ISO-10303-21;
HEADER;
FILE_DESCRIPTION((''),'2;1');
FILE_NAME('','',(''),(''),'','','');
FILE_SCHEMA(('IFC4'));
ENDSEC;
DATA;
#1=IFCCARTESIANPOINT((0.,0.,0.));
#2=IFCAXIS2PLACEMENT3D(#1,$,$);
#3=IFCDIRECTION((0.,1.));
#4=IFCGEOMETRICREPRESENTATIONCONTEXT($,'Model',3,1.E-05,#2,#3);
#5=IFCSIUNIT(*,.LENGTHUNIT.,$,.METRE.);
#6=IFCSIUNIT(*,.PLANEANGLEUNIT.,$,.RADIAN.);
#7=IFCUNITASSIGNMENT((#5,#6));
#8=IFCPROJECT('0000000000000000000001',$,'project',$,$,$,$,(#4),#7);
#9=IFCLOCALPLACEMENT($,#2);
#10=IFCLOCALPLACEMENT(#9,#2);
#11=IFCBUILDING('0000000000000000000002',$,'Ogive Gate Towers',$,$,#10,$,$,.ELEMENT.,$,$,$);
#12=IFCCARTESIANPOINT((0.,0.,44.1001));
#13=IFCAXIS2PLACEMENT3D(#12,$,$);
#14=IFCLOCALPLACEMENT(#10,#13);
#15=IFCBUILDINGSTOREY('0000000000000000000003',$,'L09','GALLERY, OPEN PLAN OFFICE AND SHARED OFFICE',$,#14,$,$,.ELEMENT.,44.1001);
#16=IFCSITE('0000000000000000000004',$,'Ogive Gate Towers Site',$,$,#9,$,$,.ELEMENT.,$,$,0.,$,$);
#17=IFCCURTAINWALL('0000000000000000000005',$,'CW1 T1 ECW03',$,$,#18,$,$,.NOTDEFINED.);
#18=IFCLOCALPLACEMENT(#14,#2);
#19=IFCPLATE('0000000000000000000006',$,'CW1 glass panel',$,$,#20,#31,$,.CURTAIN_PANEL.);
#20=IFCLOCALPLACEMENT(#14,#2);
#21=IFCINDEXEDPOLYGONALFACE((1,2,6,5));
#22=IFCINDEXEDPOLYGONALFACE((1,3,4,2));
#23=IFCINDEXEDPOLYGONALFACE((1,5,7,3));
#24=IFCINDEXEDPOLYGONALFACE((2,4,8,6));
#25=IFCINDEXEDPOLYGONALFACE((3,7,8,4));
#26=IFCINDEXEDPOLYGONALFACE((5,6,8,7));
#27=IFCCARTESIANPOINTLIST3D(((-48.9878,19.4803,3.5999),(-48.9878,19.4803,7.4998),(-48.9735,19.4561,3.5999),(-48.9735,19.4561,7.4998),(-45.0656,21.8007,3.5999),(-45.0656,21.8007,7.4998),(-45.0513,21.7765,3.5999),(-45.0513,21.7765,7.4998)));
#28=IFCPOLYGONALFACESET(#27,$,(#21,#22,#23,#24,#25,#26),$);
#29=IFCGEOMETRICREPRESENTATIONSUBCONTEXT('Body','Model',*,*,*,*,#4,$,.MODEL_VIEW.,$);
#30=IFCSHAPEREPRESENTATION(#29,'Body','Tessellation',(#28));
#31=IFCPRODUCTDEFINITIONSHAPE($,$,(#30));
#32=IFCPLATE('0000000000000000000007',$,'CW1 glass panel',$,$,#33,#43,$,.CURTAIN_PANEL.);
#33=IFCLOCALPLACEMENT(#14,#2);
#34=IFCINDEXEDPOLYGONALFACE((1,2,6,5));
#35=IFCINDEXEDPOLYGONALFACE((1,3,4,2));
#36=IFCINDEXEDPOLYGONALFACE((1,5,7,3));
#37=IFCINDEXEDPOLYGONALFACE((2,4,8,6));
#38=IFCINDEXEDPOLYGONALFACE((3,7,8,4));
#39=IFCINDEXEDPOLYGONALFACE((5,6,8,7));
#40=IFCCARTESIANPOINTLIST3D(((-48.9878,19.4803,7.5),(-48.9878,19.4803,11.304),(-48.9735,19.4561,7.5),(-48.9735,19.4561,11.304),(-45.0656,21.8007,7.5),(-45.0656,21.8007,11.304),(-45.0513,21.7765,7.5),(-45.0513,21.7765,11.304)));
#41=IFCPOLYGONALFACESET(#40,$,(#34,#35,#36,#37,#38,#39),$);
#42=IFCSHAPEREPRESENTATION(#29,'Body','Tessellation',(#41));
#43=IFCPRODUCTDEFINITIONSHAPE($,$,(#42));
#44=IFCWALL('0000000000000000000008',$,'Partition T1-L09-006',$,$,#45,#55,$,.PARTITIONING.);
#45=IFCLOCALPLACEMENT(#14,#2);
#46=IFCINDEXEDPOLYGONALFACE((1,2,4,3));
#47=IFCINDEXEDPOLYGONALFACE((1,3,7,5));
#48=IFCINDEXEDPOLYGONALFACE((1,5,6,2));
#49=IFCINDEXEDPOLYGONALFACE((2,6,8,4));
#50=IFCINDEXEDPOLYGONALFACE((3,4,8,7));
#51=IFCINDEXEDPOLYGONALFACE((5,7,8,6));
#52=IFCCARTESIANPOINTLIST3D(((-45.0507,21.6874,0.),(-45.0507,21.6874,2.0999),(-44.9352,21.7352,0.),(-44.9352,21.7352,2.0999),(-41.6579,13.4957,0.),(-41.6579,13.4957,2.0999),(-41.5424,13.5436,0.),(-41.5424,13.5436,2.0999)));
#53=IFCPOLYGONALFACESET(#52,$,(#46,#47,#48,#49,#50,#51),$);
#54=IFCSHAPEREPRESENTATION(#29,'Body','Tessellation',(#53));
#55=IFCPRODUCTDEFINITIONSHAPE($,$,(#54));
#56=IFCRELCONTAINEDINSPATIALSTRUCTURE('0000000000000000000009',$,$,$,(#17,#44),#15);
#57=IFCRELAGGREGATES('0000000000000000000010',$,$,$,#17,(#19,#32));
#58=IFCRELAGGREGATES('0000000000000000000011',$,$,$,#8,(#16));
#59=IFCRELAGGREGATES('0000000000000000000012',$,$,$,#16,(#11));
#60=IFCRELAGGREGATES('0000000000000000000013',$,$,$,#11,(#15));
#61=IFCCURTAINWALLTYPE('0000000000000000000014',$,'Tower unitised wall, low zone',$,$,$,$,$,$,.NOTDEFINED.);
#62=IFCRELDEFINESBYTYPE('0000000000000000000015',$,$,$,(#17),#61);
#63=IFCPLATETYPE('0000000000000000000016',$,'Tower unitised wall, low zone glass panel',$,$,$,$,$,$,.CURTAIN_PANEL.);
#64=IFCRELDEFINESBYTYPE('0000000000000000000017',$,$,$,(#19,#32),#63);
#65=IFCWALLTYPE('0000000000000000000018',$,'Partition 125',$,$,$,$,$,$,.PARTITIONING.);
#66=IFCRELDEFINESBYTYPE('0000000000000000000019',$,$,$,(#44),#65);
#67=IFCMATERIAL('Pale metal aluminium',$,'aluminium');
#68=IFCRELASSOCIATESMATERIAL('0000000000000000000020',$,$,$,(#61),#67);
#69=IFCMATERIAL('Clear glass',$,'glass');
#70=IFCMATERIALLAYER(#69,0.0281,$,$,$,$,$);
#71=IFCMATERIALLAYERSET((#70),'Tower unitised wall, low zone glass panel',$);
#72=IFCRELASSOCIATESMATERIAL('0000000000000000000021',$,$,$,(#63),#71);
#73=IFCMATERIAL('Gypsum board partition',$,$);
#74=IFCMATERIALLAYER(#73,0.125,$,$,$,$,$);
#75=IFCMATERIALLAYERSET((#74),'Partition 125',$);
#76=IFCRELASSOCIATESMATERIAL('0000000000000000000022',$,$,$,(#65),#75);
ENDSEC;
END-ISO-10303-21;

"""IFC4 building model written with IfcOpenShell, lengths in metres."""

from ifc_helpers import new_model, si_unit, direction, frame, frame_2d, origin, origin_2d, place, context, subcontext, project, spatial, rectangle, extrude, material, layer, layer_set, type_object, element, aggregate, save


model = new_model("IFC4")

# Units and contexts
model_context = context("Model", 3, precision=1e-05, world=origin(), true_north=direction((0.0, 1.0)))
body_context = subcontext(model_context, "Body", "Model", "MODEL_VIEW")
ifc_project = project(units=[si_unit("LENGTHUNIT", "METRE"), si_unit("PLANEANGLEUNIT", "RADIAN")], contexts=[model_context])

# Site, building, storey
site_placement = place(None, origin())
site = spatial("IfcSite", under=ifc_project, at=site_placement, Name="Ogive Gate Towers Site", CompositionType="ELEMENT", RefElevation=0.0)
building_placement = place(site_placement, origin())
building = spatial("IfcBuilding", under=site, at=building_placement, Name="Ogive Gate Towers", CompositionType="ELEMENT")
storey_placement = place(building_placement, frame((0.0, 0.0, 44.1001)))
storey = spatial("IfcBuildingStorey", under=building, at=storey_placement, Name="L09", Description="GALLERY, OPEN PLAN OFFICE AND SHARED OFFICE", CompositionType="ELEMENT", Elevation=44.1001)

# Curtain wall, plates
ifc_material_1 = material(Name="Pale metal aluminium", Category="aluminium")
curtain_wall_type = type_object("IfcCurtainWallType", Name="Tower unitised wall, low zone", PredefinedType="NOTDEFINED", material=ifc_material_1)
curtain_wall_placement = place(storey_placement, origin())
curtain_wall = element("IfcCurtainWall", 1, at=curtain_wall_placement, inside=storey, type_object=curtain_wall_type, Name="CW1 T1 ECW03", PredefinedType="NOTDEFINED")
ifc_material_2 = material(Name="Clear glass", Category="glass")
ifc_layer_1 = layer(ifc_material_2, 0.0281)
ifc_layer_set_1 = layer_set([ifc_layer_1], Name="Tower unitised wall, low zone glass panel")
plate_type = type_object("IfcPlateType", Name="Tower unitised wall, low zone glass panel", PredefinedType="CURTAIN_PANEL", material=ifc_layer_set_1)
plate_1_placement = place(storey_placement, frame((-47.0195, 20.6284, 3.5999), z_axis=(0.0, 0.0, 1.0), x_axis=(-0.860662, -0.509177, 0.0)))
plate_1 = element("IfcPlate", 2, at=plate_1_placement, type_object=plate_type, Name="CW1 glass panel", PredefinedType="CURTAIN_PANEL", context=body_context, shape_type="SweptSolid", body=[
    extrude(rectangle(XDim=4.5571, YDim=0.0281, at=origin_2d()), origin(), (0.0, 0.0, 1.0), 3.8999),
])
plate_2_placement = place(storey_placement, frame((-47.0195, 20.6284, 7.5), z_axis=(0.0, 0.0, 1.0), x_axis=(-0.860662, -0.509177, 0.0)))
plate_2 = element("IfcPlate", 3, at=plate_2_placement, type_object=plate_type, Name="CW1 glass panel", PredefinedType="CURTAIN_PANEL", context=body_context, shape_type="SweptSolid", body=[
    extrude(rectangle(XDim=4.5571, YDim=0.0281, at=origin_2d()), origin(), (0.0, 0.0, 1.0), 3.804),
])
aggregate(curtain_wall, [plate_1, plate_2])

# Wall
ifc_material_3 = material(Name="Gypsum board partition")
ifc_layer_2 = layer(ifc_material_3, 0.125)
ifc_layer_set_2 = layer_set([ifc_layer_2], Name="Partition 125")
wall_type = type_object("IfcWallType", Name="Partition 125", PredefinedType="PARTITIONING", material=ifc_layer_set_2)
wall_placement = place(storey_placement, frame((-44.9929, 21.7112, 0.0), z_axis=(0.0, 0.0, 1.0), x_axis=(0.382657, -0.92389, 0.0)))
element("IfcWall", 4, at=wall_placement, inside=storey, type_object=wall_type, Name="Partition T1-L09-006", PredefinedType="PARTITIONING", context=body_context, shape_type="SweptSolid", body=[
    extrude(rectangle(XDim=8.8665, YDim=0.125, at=frame_2d((4.4331, 0.0))), origin(), (0.0, 0.0, 1.0), 2.0999),
])

save(model, "model.ifc")
